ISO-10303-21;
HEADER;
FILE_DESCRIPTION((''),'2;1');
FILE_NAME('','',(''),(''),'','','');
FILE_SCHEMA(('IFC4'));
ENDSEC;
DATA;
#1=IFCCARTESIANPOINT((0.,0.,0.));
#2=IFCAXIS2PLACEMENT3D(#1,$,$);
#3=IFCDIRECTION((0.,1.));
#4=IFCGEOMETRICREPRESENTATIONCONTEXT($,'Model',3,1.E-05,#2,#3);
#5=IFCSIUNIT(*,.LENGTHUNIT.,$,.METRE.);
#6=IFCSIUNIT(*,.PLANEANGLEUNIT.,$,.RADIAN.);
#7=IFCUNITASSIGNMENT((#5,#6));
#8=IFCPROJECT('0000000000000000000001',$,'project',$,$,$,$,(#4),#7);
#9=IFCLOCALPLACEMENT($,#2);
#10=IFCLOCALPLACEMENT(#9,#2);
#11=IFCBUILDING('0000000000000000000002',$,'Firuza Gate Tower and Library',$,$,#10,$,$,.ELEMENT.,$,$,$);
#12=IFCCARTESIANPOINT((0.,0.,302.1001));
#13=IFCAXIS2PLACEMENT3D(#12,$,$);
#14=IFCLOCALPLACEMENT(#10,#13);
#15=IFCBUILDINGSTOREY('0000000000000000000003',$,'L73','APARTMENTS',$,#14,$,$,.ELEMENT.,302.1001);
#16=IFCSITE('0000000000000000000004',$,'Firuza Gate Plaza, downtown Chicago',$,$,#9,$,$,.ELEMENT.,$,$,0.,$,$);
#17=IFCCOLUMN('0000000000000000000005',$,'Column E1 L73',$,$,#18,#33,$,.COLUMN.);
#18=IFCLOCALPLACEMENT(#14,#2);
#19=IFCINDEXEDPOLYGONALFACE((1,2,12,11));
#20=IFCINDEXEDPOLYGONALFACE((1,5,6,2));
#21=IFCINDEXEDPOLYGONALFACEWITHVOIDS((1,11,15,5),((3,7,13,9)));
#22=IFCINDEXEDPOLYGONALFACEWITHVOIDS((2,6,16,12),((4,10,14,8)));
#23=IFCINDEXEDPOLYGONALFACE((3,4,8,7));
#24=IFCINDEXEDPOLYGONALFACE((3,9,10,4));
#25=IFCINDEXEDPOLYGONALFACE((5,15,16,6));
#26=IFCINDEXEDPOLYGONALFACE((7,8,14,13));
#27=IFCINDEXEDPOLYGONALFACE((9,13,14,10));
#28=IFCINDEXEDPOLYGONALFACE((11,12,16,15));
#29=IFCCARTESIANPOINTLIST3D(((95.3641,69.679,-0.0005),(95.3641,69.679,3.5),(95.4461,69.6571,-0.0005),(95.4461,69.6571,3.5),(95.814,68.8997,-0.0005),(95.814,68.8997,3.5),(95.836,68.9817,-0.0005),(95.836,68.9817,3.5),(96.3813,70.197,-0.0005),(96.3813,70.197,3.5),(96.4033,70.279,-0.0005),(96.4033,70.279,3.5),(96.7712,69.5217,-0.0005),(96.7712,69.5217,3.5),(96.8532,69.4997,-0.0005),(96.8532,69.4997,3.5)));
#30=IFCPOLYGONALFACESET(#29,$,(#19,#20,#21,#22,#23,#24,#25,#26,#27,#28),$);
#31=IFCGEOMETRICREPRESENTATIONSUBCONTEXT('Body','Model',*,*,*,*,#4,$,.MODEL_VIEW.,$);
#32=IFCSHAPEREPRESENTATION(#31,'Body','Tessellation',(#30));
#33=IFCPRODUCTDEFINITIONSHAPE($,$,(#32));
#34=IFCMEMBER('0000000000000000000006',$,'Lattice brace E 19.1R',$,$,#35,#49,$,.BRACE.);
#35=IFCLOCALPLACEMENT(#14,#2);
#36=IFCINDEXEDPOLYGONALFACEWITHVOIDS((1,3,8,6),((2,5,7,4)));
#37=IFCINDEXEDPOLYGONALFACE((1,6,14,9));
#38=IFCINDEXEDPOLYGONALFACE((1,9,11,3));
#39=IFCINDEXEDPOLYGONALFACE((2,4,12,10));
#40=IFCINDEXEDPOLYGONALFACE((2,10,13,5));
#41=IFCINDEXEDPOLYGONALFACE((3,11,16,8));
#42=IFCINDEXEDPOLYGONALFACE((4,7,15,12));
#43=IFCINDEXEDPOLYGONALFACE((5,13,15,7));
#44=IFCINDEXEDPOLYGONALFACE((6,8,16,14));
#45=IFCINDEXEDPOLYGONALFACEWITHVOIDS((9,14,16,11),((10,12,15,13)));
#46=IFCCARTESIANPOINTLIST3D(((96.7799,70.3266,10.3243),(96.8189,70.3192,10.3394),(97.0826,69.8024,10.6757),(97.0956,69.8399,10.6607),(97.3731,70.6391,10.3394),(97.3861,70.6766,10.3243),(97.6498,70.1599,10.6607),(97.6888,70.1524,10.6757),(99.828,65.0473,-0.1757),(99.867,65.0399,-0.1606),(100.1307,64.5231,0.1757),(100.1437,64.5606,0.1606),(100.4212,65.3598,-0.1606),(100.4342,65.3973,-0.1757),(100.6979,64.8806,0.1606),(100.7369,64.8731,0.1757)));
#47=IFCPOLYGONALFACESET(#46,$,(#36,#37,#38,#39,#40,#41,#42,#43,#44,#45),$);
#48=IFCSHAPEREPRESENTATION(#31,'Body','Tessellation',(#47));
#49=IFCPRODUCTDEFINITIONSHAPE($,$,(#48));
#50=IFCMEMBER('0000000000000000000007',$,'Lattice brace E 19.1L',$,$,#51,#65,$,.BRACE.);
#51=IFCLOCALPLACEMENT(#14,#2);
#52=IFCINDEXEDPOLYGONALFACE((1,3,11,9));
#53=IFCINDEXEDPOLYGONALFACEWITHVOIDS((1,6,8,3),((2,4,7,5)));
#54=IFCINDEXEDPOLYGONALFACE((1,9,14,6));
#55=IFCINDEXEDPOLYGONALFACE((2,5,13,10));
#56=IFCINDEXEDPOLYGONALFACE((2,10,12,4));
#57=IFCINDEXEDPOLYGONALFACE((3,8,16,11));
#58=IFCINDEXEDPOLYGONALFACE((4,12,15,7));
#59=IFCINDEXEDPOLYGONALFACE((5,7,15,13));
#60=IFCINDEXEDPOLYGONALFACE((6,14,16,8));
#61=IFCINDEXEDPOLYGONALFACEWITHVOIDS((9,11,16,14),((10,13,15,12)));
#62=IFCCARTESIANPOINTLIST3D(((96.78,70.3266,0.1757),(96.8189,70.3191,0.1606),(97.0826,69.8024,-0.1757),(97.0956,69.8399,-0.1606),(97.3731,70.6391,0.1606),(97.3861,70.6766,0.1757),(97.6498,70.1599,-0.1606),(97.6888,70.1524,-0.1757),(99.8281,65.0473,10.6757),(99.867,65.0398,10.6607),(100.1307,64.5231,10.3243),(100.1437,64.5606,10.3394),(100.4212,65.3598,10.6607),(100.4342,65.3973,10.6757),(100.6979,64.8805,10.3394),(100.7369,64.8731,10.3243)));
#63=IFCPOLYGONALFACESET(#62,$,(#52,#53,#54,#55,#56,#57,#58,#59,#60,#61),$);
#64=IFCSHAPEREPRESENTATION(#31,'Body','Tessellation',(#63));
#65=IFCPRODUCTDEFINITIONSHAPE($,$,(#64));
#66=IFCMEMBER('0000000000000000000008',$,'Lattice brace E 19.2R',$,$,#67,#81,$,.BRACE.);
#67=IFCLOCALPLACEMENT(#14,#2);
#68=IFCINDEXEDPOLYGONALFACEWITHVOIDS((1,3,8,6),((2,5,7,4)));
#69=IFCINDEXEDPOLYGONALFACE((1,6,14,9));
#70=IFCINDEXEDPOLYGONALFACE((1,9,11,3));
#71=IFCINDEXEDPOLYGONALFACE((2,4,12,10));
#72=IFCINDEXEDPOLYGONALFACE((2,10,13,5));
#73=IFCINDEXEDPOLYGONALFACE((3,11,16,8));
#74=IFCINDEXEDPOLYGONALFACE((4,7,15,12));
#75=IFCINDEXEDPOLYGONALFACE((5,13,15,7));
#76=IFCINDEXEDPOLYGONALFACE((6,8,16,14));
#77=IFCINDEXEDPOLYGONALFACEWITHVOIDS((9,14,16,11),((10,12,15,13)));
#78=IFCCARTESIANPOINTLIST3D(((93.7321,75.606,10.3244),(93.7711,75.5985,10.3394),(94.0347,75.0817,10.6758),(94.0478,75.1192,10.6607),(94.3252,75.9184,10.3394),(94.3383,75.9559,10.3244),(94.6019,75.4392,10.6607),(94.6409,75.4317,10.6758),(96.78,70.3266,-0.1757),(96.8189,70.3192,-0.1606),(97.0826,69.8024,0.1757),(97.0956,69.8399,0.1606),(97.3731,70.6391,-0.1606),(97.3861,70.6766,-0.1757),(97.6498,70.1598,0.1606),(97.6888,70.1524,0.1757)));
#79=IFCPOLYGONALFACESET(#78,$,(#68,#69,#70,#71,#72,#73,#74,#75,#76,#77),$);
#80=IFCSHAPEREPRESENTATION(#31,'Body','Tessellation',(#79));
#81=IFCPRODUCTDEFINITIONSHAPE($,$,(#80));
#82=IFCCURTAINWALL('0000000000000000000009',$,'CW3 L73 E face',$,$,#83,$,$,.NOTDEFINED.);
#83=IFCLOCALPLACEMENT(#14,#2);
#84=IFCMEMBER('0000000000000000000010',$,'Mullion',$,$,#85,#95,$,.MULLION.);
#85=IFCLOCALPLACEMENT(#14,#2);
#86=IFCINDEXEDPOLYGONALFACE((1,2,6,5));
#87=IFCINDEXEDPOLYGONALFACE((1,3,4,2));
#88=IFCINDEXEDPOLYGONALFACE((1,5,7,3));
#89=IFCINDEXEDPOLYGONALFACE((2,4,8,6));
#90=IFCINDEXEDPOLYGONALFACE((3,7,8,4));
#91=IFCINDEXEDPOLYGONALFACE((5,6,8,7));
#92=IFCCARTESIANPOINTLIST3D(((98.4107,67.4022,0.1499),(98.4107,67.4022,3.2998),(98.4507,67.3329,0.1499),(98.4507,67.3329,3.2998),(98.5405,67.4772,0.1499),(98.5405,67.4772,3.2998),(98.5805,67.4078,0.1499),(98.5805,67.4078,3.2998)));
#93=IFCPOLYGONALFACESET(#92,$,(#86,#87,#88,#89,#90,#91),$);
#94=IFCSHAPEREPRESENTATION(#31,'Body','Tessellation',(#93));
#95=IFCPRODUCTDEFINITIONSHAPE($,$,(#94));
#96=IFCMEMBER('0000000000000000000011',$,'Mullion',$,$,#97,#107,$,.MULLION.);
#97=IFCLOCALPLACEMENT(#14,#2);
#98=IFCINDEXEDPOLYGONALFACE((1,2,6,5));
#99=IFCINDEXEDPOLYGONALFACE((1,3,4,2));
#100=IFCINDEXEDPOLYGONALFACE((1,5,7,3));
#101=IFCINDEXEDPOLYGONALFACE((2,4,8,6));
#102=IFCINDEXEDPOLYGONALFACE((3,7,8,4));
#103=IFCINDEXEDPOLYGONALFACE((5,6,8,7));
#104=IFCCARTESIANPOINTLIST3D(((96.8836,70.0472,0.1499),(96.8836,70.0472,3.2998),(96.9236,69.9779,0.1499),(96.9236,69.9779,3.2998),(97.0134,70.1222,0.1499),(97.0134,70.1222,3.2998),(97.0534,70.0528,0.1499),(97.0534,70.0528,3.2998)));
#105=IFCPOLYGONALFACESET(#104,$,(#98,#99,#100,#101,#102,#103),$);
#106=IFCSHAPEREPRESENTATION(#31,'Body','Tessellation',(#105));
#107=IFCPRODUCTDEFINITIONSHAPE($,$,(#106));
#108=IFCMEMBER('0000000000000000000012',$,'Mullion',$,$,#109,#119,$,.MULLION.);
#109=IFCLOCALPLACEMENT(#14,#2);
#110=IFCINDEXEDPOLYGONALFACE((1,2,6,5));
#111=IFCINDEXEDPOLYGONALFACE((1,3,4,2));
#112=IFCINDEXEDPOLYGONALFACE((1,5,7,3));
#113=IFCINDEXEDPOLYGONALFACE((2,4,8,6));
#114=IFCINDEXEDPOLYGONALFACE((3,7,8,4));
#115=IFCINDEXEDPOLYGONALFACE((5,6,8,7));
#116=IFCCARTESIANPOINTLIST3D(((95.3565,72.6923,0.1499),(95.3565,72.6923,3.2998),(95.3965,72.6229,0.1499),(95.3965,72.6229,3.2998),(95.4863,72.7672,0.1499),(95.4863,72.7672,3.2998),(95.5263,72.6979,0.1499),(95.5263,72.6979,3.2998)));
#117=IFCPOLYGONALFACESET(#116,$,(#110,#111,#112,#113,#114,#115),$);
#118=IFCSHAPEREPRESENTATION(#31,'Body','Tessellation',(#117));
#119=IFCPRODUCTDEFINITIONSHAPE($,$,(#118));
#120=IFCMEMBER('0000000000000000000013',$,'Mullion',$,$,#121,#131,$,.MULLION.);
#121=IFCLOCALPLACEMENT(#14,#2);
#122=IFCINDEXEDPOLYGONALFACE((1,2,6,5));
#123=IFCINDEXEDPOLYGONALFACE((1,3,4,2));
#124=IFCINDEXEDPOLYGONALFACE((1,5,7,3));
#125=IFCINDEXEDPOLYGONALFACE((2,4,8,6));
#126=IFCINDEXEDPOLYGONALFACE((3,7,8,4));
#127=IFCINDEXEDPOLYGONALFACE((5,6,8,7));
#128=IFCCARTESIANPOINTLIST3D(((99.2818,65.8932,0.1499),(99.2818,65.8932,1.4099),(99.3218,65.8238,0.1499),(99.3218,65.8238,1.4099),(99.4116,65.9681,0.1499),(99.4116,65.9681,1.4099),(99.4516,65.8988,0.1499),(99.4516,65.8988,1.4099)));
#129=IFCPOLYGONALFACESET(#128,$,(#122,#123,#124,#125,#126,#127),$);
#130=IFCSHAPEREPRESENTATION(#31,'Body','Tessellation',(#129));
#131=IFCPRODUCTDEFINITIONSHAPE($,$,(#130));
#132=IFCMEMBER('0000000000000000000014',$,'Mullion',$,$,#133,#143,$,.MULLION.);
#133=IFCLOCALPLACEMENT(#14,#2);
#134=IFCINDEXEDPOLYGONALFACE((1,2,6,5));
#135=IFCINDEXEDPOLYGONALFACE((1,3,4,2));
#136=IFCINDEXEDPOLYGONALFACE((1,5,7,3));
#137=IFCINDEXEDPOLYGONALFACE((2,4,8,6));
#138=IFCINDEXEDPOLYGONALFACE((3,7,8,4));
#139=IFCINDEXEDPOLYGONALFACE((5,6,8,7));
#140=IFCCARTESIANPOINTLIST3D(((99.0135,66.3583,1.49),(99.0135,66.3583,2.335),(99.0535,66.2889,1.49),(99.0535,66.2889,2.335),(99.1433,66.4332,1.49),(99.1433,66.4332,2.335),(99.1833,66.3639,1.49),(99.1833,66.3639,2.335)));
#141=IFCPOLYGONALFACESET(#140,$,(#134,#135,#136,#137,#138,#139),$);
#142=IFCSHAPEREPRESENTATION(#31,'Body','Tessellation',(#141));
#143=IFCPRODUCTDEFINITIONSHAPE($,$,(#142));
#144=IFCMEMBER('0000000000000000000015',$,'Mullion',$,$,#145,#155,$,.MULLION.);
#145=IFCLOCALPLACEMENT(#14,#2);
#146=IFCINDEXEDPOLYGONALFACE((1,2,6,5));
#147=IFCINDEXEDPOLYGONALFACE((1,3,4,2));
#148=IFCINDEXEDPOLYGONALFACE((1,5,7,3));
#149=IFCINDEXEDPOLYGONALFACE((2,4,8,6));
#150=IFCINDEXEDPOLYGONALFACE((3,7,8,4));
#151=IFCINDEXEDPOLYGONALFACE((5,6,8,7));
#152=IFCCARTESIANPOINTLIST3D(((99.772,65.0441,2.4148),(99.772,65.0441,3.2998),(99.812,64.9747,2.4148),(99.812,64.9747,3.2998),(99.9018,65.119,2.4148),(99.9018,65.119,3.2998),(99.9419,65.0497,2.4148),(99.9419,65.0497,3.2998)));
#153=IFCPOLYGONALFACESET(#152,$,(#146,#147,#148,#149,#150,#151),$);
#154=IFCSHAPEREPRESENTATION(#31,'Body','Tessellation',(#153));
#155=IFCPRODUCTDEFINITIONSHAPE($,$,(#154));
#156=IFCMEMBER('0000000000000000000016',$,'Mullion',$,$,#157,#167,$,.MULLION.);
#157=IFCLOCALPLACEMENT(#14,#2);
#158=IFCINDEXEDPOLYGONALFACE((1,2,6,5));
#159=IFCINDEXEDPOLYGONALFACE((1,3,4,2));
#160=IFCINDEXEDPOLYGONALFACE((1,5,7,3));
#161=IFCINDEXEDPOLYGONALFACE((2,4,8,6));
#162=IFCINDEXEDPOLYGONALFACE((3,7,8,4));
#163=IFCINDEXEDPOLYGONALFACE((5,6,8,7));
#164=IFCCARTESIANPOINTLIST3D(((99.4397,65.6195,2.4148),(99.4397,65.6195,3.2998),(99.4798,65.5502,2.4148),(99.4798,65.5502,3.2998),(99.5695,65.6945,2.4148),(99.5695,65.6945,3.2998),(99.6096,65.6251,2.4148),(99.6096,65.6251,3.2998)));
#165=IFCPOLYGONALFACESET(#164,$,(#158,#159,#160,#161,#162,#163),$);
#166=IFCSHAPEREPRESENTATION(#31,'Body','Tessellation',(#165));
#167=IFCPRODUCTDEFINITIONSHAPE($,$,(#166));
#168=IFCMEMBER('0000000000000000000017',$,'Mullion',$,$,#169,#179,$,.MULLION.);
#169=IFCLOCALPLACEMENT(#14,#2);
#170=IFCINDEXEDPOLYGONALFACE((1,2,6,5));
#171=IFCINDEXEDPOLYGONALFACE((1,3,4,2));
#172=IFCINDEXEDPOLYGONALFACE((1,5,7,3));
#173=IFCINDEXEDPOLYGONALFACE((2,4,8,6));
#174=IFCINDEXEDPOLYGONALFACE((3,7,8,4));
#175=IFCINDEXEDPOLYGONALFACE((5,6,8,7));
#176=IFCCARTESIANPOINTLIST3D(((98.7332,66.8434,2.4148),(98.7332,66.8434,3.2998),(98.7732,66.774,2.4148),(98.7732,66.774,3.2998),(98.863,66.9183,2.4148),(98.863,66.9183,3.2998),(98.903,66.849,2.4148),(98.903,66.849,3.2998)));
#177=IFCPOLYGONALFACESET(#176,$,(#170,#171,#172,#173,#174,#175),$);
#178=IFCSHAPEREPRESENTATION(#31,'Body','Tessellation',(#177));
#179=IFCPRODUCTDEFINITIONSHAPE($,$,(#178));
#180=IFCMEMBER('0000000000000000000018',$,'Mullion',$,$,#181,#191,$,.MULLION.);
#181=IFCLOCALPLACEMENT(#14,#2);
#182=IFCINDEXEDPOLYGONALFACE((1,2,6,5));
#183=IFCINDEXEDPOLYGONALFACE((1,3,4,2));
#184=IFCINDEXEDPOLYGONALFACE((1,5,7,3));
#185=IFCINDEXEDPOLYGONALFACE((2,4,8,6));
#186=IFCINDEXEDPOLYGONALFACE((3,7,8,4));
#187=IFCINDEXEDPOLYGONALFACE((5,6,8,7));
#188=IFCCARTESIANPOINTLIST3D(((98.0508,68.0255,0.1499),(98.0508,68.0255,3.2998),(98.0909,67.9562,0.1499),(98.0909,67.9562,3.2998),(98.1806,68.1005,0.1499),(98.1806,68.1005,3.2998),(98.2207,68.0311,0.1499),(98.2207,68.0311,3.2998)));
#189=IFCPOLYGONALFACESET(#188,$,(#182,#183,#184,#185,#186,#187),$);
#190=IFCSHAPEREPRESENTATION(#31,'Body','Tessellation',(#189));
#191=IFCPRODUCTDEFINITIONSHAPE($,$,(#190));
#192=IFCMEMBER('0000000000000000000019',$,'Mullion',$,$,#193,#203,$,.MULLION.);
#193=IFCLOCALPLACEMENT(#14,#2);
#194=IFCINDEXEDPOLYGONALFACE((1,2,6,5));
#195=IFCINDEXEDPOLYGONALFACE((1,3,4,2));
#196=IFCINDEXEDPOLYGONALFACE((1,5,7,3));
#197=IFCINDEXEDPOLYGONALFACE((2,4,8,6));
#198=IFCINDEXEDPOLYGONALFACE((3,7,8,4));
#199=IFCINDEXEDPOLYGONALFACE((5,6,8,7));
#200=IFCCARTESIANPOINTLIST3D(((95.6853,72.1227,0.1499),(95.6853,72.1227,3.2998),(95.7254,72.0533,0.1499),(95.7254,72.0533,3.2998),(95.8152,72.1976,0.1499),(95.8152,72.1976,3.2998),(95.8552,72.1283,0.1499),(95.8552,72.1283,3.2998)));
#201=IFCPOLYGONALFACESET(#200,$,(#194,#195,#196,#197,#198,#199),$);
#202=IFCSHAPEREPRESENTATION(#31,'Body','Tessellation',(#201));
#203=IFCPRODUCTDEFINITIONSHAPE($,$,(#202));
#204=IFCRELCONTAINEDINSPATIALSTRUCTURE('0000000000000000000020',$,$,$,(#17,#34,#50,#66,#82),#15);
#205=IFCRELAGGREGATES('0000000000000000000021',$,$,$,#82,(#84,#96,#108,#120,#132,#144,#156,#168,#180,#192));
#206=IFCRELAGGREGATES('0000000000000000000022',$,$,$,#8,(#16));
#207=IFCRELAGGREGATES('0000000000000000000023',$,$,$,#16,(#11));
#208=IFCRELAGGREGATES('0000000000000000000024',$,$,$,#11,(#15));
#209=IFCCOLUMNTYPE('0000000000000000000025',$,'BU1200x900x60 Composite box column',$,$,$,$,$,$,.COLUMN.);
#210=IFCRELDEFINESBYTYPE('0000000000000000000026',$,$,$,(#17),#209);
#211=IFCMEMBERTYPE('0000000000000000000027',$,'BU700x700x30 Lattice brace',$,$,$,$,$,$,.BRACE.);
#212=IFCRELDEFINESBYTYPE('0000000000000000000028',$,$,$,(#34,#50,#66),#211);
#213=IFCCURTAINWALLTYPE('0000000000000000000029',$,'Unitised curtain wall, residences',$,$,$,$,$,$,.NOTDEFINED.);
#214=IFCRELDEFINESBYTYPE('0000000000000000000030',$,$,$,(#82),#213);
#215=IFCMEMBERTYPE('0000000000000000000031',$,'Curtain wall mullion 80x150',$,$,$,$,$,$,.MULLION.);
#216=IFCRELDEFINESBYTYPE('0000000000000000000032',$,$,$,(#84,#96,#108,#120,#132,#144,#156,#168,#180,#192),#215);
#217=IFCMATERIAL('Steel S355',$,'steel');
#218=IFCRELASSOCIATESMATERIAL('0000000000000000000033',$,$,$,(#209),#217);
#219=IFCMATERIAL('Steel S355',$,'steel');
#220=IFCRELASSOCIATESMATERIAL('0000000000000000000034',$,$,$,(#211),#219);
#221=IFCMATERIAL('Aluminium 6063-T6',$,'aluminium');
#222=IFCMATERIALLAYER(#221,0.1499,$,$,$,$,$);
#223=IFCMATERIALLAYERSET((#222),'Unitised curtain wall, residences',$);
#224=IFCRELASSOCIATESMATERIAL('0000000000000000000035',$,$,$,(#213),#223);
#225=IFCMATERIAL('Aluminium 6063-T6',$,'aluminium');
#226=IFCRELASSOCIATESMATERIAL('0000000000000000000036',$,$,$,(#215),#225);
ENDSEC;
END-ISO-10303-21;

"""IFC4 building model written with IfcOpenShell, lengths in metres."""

from ifc_helpers import new_model, si_unit, direction, frame, origin, origin_2d, place, context, subcontext, project, spatial, rectangle, hollow_rectangle, extrude, material, layer, layer_set, material_profile, profile_set, type_object, element, aggregate, save


model = new_model("IFC4")

# Units and contexts
model_context = context("Model", 3, precision=1e-05, world=origin(), true_north=direction((0.0, 1.0)))
body_context = subcontext(model_context, "Body", "Model", "MODEL_VIEW")
ifc_project = project(units=[si_unit("LENGTHUNIT", "METRE"), si_unit("PLANEANGLEUNIT", "RADIAN")], contexts=[model_context])

# Site, building, storey
site_placement = place(None, origin())
site = spatial("IfcSite", under=ifc_project, at=site_placement, Name="Firuza Gate Plaza, downtown Chicago", CompositionType="ELEMENT", RefElevation=0.0)
building_placement = place(site_placement, origin())
building = spatial("IfcBuilding", under=site, at=building_placement, Name="Firuza Gate Tower and Library", CompositionType="ELEMENT")
storey_placement = place(building_placement, frame((0.0, 0.0, 302.1001)))
storey = spatial("IfcBuildingStorey", under=building, at=storey_placement, Name="L73", Description="APARTMENTS", CompositionType="ELEMENT", Elevation=302.1001)

# Column
ifc_material_1 = material(Name="Steel S355", Category="steel")
ifc_material_profile_1 = material_profile(ifc_material_1, hollow_rectangle(XDim=0.8999, YDim=1.2, WallThickness=0.0601, at=origin_2d()))
ifc_profile_set_1 = profile_set([ifc_material_profile_1], Name="Steel S355")
column_type = type_object("IfcColumnType", Name="BU1200x900x60 Composite box column", PredefinedType="COLUMN", material=ifc_profile_set_1)
column_placement = place(storey_placement, frame((96.1086, 69.5894, -0.0005), z_axis=(0.0, 0.0, 1.0), x_axis=(-0.5, 0.866025, 0.0)))
element("IfcColumn", 1, at=column_placement, inside=storey, type_object=column_type, Name="Column E1 L73", PredefinedType="COLUMN", context=body_context, shape_type="SweptSolid", body=[
    extrude(hollow_rectangle(XDim=0.8999, YDim=1.2, WallThickness=0.0601, at=origin_2d()), origin(), (0.0, 0.0, 1.0), 3.5005),
])

# Members
ifc_material_2 = material(Name="Steel S355", Category="steel")
ifc_material_profile_2 = material_profile(ifc_material_2, hollow_rectangle(XDim=0.7, YDim=0.7, WallThickness=0.03, at=origin_2d()))
ifc_profile_set_2 = profile_set([ifc_material_profile_2], Name="Steel S355")
member_type_1 = type_object("IfcMemberType", Name="BU700x700x30 Lattice brace", PredefinedType="BRACE", material=ifc_profile_set_2)
for number, where, z_axis, x_axis, name in (
    (2, (100.2825, 64.9602, 0.0), (-0.251051, 0.43482, 0.864815), (-0.866019, -0.500011, 0.0), "Lattice brace E 19.1R"),
    (3, (97.2344, 70.2395, 0.0), (0.251051, -0.43482, 0.864815), (0.866019, 0.500011, 0.0), "Lattice brace E 19.1L"),
    (4, (97.2344, 70.2395, 0.0), (-0.251032, 0.434823, 0.864819), (-0.866036, -0.499981, 0.0), "Lattice brace E 19.2R"),
):
    element("IfcMember", number, at=place(storey_placement, frame(where, z_axis=z_axis, x_axis=x_axis)), inside=storey, type_object=member_type_1, Name=name, PredefinedType="BRACE", context=body_context, shape_type="SweptSolid", body=[
        extrude(hollow_rectangle(XDim=0.7, YDim=0.7, WallThickness=0.03, at=origin_2d()), origin(), (0.0, 0.0, 1.0), 12.1414),
    ])

# Curtain wall, members
ifc_material_3 = material(Name="Aluminium 6063-T6", Category="aluminium")
ifc_layer_1 = layer(ifc_material_3, 0.1499)
ifc_layer_set_1 = layer_set([ifc_layer_1], Name="Unitised curtain wall, residences")
curtain_wall_type = type_object("IfcCurtainWallType", Name="Unitised curtain wall, residences", PredefinedType="NOTDEFINED", material=ifc_layer_set_1)
curtain_wall_placement = place(storey_placement, origin())
curtain_wall = element("IfcCurtainWall", 5, at=curtain_wall_placement, inside=storey, type_object=curtain_wall_type, Name="CW3 L73 E face", PredefinedType="NOTDEFINED")
ifc_material_4 = material(Name="Aluminium 6063-T6", Category="aluminium")
ifc_material_profile_3 = material_profile(ifc_material_4, rectangle(XDim=0.1499, YDim=0.0801, at=origin_2d()))
ifc_profile_set_3 = profile_set([ifc_material_profile_3], Name="Aluminium 6063-T6")
member_type_2 = type_object("IfcMemberType", Name="Curtain wall mullion 80x150", PredefinedType="MULLION", material=ifc_profile_set_3)
member_1_placement = place(storey_placement, frame((98.4956, 67.405, 0.1499), z_axis=(0.0, 0.0, 1.0), x_axis=(-0.866025, -0.5, 0.0)))
member_1 = element("IfcMember", 6, at=member_1_placement, type_object=member_type_2, Name="Mullion", PredefinedType="MULLION", context=body_context, shape_type="SweptSolid", body=[
    extrude(rectangle(XDim=0.1499, YDim=0.0801, at=origin_2d()), origin(), (0.0, 0.0, 1.0), 3.1499),
])
member_2_placement = place(storey_placement, frame((96.9685, 70.05, 0.1499), z_axis=(0.0, 0.0, 1.0), x_axis=(-0.866025, -0.5, 0.0)))
member_2 = element("IfcMember", 7, at=member_2_placement, type_object=member_type_2, Name="Mullion", PredefinedType="MULLION", context=body_context, shape_type="SweptSolid", body=[
    extrude(rectangle(XDim=0.1499, YDim=0.0801, at=origin_2d()), origin(), (0.0, 0.0, 1.0), 3.1499),
])
member_3_placement = place(storey_placement, frame((95.4414, 72.6951, 0.1499), z_axis=(0.0, 0.0, 1.0), x_axis=(-0.866025, -0.5, 0.0)))
member_3 = element("IfcMember", 8, at=member_3_placement, type_object=member_type_2, Name="Mullion", PredefinedType="MULLION", context=body_context, shape_type="SweptSolid", body=[
    extrude(rectangle(XDim=0.1499, YDim=0.0801, at=origin_2d()), origin(), (0.0, 0.0, 1.0), 3.1499),
])
member_4_placement = place(storey_placement, frame((99.3667, 65.896, 0.1499), z_axis=(0.0, 0.0, 1.0), x_axis=(-0.866025, -0.5, 0.0)))
member_4 = element("IfcMember", 9, at=member_4_placement, type_object=member_type_2, Name="Mullion", PredefinedType="MULLION", context=body_context, shape_type="SweptSolid", body=[
    extrude(rectangle(XDim=0.1499, YDim=0.0801, at=origin_2d()), origin(), (0.0, 0.0, 1.0), 1.26),
])
member_5_placement = place(storey_placement, frame((99.0984, 66.3611, 1.49), z_axis=(0.0, 0.0, 1.0), x_axis=(-0.866025, -0.5, 0.0)))
member_5 = element("IfcMember", 10, at=member_5_placement, type_object=member_type_2, Name="Mullion", PredefinedType="MULLION", context=body_context, shape_type="SweptSolid", body=[
    extrude(rectangle(XDim=0.1499, YDim=0.0801, at=origin_2d()), origin(), (0.0, 0.0, 1.0), 0.845),
])
member_6_placement = place(storey_placement, frame((99.8569, 65.0469, 2.4148), z_axis=(0.0, 0.0, 1.0), x_axis=(-0.866025, -0.5, 0.0)))
member_6 = element("IfcMember", 11, at=member_6_placement, type_object=member_type_2, Name="Mullion", PredefinedType="MULLION", context=body_context, shape_type="SweptSolid", body=[
    extrude(rectangle(XDim=0.1499, YDim=0.0801, at=origin_2d()), origin(), (0.0, 0.0, 1.0), 0.885),
])
member_7_placement = place(storey_placement, frame((99.5247, 65.6223, 2.4148), z_axis=(0.0, 0.0, 1.0), x_axis=(-0.866025, -0.5, 0.0)))
member_7 = element("IfcMember", 12, at=member_7_placement, type_object=member_type_2, Name="Mullion", PredefinedType="MULLION", context=body_context, shape_type="SweptSolid", body=[
    extrude(rectangle(XDim=0.1499, YDim=0.0801, at=origin_2d()), origin(), (0.0, 0.0, 1.0), 0.885),
])
member_8_placement = place(storey_placement, frame((98.8181, 66.8462, 2.4148), z_axis=(0.0, 0.0, 1.0), x_axis=(-0.866025, -0.5, 0.0)))
member_8 = element("IfcMember", 13, at=member_8_placement, type_object=member_type_2, Name="Mullion", PredefinedType="MULLION", context=body_context, shape_type="SweptSolid", body=[
    extrude(rectangle(XDim=0.1499, YDim=0.0801, at=origin_2d()), origin(), (0.0, 0.0, 1.0), 0.885),
])
member_9_placement = place(storey_placement, frame((98.1357, 68.0283, 0.1499), z_axis=(0.0, 0.0, 1.0), x_axis=(-0.866025, -0.5, 0.0)))
member_9 = element("IfcMember", 14, at=member_9_placement, type_object=member_type_2, Name="Mullion", PredefinedType="MULLION", context=body_context, shape_type="SweptSolid", body=[
    extrude(rectangle(XDim=0.1499, YDim=0.0801, at=origin_2d()), origin(), (0.0, 0.0, 1.0), 3.1499),
])
member_10_placement = place(storey_placement, frame((95.7703, 72.1255, 0.1499), z_axis=(0.0, 0.0, 1.0), x_axis=(-0.866025, -0.5, 0.0)))
member_10 = element("IfcMember", 15, at=member_10_placement, type_object=member_type_2, Name="Mullion", PredefinedType="MULLION", context=body_context, shape_type="SweptSolid", body=[
    extrude(rectangle(XDim=0.1499, YDim=0.0801, at=origin_2d()), origin(), (0.0, 0.0, 1.0), 3.1499),
])

aggregate(curtain_wall, [member_1, member_2, member_3, member_4, member_5, member_6, member_7, member_8, member_9, member_10])

save(model, "model.ifc")
